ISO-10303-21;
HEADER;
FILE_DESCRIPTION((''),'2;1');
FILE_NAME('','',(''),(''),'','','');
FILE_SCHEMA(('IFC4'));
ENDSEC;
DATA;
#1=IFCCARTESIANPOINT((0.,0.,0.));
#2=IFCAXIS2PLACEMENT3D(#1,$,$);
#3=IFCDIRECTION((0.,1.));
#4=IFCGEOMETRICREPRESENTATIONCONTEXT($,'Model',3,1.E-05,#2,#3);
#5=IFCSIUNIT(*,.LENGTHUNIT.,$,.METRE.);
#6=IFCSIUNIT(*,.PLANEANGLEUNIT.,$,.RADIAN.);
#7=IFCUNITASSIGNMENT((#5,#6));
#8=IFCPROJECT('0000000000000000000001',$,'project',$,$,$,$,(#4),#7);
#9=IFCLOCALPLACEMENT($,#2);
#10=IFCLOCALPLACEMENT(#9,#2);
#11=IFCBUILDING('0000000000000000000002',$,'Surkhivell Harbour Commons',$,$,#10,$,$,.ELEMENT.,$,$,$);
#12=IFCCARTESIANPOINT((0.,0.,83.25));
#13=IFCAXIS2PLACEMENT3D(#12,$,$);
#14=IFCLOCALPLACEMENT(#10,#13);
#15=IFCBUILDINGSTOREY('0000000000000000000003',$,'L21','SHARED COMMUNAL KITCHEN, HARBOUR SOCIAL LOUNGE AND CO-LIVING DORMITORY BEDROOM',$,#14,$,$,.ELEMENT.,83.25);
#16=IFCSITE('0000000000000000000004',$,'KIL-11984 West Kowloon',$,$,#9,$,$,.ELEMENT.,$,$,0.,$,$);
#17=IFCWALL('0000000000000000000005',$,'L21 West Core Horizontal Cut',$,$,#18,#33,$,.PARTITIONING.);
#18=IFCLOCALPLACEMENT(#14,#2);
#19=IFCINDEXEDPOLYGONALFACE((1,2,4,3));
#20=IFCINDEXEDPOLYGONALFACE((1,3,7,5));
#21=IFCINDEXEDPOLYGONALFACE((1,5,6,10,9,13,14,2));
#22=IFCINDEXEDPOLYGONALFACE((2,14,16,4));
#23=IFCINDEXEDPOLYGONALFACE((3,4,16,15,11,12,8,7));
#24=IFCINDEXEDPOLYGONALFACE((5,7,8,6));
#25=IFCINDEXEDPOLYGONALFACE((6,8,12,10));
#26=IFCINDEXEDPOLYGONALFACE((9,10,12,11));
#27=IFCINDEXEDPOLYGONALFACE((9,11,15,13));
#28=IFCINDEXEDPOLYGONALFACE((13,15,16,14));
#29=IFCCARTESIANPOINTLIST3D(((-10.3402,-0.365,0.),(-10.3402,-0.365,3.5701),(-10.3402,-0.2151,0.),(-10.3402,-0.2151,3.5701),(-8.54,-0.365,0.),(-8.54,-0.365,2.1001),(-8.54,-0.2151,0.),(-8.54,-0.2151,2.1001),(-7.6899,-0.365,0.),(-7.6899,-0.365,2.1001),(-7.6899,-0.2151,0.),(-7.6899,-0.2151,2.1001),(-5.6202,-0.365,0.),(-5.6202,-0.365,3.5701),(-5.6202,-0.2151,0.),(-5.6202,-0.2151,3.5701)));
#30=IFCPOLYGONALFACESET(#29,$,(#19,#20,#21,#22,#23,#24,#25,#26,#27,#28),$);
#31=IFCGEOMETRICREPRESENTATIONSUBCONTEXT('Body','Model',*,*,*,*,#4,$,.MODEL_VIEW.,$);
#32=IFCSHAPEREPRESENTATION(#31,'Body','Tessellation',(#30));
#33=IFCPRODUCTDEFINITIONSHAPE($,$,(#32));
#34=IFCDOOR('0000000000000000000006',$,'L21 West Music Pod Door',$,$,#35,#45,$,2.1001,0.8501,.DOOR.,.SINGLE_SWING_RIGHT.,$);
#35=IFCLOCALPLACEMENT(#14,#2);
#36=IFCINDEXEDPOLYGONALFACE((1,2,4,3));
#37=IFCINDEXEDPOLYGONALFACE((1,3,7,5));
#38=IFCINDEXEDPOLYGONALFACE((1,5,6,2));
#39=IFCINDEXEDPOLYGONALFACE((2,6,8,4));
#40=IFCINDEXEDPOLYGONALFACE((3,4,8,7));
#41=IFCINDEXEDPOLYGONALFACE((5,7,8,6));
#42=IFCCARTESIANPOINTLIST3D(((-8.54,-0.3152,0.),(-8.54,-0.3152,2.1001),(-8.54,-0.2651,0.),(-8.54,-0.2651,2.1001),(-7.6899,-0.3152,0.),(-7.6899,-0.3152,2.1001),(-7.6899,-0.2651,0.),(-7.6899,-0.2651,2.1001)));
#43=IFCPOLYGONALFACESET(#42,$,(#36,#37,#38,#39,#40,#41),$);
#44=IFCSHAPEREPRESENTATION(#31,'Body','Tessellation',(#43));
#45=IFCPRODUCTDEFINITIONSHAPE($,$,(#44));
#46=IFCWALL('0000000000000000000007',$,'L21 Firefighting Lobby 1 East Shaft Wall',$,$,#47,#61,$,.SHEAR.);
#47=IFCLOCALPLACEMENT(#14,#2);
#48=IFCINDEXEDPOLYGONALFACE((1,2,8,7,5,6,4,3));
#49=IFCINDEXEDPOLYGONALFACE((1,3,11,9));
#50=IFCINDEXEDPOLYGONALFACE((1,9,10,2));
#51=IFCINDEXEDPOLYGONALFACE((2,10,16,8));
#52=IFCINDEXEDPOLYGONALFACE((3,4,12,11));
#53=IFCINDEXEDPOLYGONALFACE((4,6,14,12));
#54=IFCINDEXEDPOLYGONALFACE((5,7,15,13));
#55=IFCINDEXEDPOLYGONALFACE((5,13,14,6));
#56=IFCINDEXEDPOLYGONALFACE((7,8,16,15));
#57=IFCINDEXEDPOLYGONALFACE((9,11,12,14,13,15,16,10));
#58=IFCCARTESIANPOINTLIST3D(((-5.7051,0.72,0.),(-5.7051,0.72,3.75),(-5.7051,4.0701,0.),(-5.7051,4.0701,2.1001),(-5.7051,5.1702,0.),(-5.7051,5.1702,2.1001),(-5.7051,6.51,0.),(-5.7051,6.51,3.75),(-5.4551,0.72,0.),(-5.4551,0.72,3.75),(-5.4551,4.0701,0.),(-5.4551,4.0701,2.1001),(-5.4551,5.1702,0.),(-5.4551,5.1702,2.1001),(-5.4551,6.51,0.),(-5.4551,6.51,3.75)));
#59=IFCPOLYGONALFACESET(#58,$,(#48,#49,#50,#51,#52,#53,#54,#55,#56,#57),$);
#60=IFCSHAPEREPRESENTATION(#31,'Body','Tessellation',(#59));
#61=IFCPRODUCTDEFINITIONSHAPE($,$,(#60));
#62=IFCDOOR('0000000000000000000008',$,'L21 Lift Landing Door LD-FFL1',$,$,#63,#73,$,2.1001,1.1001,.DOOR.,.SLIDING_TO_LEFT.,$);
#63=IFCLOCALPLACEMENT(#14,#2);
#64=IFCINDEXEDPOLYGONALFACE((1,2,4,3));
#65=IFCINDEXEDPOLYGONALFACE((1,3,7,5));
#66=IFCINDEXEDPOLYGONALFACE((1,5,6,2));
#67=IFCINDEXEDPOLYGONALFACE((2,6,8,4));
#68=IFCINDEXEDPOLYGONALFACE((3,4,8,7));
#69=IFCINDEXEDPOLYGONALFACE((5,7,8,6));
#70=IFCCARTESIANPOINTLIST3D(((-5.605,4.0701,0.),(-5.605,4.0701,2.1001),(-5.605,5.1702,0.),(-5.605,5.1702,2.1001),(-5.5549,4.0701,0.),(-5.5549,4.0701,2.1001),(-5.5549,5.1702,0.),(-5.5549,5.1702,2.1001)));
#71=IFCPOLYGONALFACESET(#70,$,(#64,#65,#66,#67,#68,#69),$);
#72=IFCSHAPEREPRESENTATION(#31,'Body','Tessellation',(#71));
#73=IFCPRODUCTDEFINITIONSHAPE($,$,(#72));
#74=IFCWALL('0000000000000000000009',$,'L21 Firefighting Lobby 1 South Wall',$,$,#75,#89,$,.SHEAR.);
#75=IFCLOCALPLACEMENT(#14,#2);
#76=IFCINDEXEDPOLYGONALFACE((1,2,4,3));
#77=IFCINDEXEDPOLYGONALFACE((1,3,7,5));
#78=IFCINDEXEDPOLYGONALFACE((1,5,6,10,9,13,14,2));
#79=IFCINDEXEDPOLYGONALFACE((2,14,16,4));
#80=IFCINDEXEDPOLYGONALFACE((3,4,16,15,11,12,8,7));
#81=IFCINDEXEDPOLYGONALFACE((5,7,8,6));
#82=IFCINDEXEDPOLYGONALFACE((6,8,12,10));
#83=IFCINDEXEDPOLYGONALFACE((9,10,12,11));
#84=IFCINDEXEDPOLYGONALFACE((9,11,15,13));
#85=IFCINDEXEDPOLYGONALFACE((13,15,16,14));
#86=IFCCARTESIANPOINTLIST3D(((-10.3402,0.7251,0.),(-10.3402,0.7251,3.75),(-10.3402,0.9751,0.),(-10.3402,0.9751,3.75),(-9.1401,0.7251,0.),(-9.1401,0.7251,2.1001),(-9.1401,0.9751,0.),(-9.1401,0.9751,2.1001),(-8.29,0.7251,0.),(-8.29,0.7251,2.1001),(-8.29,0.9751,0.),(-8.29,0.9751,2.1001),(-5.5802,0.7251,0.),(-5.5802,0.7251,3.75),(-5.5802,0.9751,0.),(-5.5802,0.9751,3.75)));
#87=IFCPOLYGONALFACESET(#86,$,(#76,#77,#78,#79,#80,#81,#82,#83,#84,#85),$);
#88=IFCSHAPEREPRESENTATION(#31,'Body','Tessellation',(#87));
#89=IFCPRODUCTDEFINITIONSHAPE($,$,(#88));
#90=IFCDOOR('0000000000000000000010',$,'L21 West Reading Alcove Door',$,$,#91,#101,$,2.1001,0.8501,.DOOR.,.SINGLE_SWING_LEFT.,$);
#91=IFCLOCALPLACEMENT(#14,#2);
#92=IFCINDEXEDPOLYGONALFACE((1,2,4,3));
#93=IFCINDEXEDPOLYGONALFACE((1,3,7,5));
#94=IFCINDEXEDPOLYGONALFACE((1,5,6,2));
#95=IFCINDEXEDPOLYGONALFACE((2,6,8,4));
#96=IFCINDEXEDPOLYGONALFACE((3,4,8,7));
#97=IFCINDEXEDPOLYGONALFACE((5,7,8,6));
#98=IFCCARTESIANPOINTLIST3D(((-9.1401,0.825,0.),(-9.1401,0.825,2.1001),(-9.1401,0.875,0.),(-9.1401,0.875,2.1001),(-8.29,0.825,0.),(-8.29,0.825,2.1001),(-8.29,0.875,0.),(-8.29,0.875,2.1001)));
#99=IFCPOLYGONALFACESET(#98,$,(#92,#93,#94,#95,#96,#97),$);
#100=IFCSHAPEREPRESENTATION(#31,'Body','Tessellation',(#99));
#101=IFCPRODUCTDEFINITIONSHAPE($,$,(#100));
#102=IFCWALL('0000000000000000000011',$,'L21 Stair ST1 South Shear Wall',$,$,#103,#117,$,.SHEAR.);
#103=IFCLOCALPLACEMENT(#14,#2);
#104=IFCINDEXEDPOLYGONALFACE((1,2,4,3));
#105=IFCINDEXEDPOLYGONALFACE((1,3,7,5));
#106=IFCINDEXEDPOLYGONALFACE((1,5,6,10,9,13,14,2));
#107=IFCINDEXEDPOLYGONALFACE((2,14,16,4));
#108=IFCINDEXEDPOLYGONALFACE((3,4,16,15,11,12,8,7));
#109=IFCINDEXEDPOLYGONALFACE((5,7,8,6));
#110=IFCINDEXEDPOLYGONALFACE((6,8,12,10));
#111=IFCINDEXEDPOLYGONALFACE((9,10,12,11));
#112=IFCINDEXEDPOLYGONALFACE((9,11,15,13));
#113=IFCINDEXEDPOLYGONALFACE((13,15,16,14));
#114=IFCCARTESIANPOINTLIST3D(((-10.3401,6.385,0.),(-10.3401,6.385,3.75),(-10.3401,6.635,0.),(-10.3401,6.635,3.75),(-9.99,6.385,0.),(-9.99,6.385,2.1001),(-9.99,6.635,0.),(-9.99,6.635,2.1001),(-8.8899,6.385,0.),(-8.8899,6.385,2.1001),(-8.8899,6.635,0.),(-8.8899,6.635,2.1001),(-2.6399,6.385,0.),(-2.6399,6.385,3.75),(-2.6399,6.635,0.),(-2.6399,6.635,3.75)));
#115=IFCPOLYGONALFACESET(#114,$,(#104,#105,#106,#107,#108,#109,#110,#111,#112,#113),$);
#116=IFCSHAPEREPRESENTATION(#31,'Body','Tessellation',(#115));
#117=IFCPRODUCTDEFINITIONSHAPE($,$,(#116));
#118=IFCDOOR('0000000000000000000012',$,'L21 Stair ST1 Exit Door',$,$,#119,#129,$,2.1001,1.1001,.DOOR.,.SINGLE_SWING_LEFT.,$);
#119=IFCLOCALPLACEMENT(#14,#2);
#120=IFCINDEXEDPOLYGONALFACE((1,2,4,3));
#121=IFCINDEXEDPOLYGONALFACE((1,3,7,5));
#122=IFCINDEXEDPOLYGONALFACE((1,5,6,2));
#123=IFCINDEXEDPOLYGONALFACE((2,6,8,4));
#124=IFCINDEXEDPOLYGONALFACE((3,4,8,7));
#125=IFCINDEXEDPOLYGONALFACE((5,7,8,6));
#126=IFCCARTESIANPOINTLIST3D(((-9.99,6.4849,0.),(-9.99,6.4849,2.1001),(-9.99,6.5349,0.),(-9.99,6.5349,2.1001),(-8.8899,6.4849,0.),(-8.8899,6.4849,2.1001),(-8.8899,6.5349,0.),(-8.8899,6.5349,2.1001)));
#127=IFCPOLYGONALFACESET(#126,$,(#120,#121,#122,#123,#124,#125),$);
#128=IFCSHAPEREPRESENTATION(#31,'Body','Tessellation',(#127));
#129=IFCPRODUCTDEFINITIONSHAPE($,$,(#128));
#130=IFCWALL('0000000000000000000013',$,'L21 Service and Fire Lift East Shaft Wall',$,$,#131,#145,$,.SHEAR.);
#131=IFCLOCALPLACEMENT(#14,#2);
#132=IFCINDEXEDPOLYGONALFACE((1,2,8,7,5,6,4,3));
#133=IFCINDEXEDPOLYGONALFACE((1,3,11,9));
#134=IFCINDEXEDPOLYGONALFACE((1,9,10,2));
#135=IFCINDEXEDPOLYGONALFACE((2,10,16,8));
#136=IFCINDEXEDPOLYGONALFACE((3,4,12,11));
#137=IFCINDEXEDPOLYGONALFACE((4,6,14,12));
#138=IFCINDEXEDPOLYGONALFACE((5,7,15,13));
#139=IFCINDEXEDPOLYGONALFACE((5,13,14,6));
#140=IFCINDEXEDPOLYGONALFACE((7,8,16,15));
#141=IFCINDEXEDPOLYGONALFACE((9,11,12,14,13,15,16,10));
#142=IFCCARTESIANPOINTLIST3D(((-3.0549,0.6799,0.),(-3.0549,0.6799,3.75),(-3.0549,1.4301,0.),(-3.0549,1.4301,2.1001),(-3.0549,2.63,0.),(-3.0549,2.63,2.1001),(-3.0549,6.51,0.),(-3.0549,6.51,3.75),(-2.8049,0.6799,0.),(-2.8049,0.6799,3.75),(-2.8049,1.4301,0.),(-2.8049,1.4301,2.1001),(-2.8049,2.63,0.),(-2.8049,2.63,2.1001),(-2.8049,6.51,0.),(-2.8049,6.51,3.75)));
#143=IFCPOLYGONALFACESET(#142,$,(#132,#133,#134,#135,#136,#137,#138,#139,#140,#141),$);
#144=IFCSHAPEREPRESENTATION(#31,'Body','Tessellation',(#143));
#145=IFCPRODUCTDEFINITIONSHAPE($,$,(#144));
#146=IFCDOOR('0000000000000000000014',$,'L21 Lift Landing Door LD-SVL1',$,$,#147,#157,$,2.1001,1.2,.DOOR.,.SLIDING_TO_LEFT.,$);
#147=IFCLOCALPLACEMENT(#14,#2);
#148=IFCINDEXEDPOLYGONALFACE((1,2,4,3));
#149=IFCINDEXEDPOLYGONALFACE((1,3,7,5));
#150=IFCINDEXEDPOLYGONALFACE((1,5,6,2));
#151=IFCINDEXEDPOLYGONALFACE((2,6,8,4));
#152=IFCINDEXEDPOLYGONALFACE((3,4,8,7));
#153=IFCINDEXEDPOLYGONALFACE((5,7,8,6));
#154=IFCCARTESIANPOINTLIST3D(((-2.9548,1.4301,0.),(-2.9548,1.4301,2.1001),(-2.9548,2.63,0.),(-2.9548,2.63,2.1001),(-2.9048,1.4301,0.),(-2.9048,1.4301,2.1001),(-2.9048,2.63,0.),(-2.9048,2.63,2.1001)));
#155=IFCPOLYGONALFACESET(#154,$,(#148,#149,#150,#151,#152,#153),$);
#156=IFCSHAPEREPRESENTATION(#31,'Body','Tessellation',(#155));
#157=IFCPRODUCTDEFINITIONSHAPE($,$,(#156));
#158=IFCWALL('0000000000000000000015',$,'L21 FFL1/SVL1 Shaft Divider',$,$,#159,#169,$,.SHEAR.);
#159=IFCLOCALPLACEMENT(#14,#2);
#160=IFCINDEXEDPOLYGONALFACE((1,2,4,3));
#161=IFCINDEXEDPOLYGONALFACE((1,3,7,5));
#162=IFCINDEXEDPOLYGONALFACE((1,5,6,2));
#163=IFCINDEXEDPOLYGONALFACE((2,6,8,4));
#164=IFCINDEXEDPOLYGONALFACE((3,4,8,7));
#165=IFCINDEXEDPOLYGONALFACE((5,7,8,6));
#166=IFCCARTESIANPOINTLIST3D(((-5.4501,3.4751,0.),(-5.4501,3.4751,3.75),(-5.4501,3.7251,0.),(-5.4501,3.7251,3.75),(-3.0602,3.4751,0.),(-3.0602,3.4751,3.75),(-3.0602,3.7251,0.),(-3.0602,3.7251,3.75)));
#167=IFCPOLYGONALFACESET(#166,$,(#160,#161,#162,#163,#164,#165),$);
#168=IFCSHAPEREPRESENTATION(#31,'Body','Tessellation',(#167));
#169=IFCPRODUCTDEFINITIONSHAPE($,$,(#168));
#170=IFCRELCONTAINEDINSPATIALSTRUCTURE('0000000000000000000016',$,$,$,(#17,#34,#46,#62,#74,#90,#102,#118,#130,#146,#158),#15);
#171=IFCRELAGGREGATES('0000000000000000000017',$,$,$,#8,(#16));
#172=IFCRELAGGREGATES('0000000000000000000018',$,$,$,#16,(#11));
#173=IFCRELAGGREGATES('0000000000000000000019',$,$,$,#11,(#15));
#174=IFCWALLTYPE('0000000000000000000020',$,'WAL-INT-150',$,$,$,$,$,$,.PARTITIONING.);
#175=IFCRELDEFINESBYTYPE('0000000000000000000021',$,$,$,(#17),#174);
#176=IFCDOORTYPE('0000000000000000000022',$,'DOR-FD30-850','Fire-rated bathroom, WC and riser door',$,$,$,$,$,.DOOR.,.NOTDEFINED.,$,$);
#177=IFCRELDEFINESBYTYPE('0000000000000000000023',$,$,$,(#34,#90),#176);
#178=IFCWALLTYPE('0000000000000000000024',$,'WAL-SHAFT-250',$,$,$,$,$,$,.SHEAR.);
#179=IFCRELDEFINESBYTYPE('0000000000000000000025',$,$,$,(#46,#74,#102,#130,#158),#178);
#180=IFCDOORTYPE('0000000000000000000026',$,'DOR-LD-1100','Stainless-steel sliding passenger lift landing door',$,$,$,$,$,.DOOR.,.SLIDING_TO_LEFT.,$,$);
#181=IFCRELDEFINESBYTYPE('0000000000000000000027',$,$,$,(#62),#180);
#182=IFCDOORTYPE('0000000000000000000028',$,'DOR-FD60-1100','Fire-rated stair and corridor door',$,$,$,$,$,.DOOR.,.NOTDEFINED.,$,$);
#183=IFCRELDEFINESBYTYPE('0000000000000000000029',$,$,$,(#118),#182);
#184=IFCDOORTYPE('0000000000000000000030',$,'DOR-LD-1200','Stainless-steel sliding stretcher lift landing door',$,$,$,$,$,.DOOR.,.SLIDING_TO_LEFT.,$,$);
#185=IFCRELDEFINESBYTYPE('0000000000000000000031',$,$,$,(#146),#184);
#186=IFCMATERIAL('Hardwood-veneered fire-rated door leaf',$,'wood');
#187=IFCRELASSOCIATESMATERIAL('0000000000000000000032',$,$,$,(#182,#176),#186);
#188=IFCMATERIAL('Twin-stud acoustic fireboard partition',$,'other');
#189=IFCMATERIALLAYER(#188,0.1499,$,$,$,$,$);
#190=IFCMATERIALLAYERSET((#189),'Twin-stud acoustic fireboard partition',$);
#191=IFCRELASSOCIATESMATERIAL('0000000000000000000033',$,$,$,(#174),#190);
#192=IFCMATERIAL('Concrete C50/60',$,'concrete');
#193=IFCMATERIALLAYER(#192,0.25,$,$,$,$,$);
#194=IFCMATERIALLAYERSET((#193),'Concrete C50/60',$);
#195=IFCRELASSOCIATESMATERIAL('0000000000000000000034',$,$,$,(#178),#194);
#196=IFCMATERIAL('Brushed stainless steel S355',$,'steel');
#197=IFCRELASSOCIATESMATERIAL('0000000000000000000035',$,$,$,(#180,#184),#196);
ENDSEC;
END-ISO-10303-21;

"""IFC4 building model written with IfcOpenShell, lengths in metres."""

from ifc_helpers import new_model, si_unit, direction, frame, frame_2d, origin, place, context, subcontext, project, spatial, rectangle, extrude, material, layer, layer_set, type_object, element, fill, save


model = new_model("IFC4")

# Units and contexts
model_context = context("Model", 3, precision=1e-05, world=origin(), true_north=direction((0.0, 1.0)))
body_context = subcontext(model_context, "Body", "Model", "MODEL_VIEW")
ifc_project = project(units=[si_unit("LENGTHUNIT", "METRE"), si_unit("PLANEANGLEUNIT", "RADIAN")], contexts=[model_context])

# Site, building, storey
site_placement = place(None, origin())
site = spatial("IfcSite", under=ifc_project, at=site_placement, Name="KIL-11984 West Kowloon", CompositionType="ELEMENT", RefElevation=0.0)
building_placement = place(site_placement, origin())
building = spatial("IfcBuilding", under=site, at=building_placement, Name="Surkhivell Harbour Commons", CompositionType="ELEMENT")
storey_placement = place(building_placement, frame((0.0, 0.0, 83.25)))
storey = spatial("IfcBuildingStorey", under=building, at=storey_placement, Name="L21", Description="SHARED COMMUNAL KITCHEN, HARBOUR SOCIAL LOUNGE AND CO-LIVING DORMITORY BEDROOM", CompositionType="ELEMENT", Elevation=83.25)

# Shared definitions
ifc_material_1 = material(Name="Hardwood-veneered fire-rated door leaf", Category="wood")
door_type_1 = type_object("IfcDoorType", Name="DOR-FD60-1100", Description="Fire-rated stair and corridor door", OperationType="NOTDEFINED", PredefinedType="DOOR", material=ifc_material_1)

# Walls, openings, doors
ifc_material_2 = material(Name="Twin-stud acoustic fireboard partition", Category="other")
ifc_layer_1 = layer(ifc_material_2, 0.1499)
ifc_layer_set_1 = layer_set([ifc_layer_1], Name="Twin-stud acoustic fireboard partition")
wall_type_1 = type_object("IfcWallType", Name="WAL-INT-150", PredefinedType="PARTITIONING", material=ifc_layer_set_1)
wall_1_placement = place(storey_placement, frame((-10.3401, -0.29, 0.0), z_axis=(0.0, 0.0, 1.0), x_axis=(1.0, 0.0, 0.0)))
wall_1 = element("IfcWall", 1, at=wall_1_placement, inside=storey, type_object=wall_type_1, Name="L21 West Core Horizontal Cut", PredefinedType="PARTITIONING", context=body_context, shape_type="SweptSolid", body=[
    extrude(rectangle(XDim=4.72, YDim=0.1499, at=frame_2d((2.3599, 0.0))), origin(), (0.0, 0.0, 1.0), 3.5701),
])
opening_1_placement = place(wall_1_placement, frame((1.8, 0.0, 0.0)))
opening_1 = element("IfcOpeningElement", 2, at=opening_1_placement, cuts=wall_1, PredefinedType="OPENING", context=body_context, shape_type="SweptSolid", body=[
    extrude(rectangle(XDim=0.8501, YDim=2.1001, at=frame_2d((0.425, 1.05))), frame((0.0, 0.085, 0.0), z_axis=(0.0, -1.0, 0.0), x_axis=(1.0, 0.0, 0.0)), (0.0, 0.0, 1.0), 0.1699),
])
door_type_2 = type_object("IfcDoorType", Name="DOR-FD30-850", Description="Fire-rated bathroom, WC and riser door", OperationType="NOTDEFINED", PredefinedType="DOOR", material=ifc_material_1)
door_1_placement = place(opening_1_placement, origin())
door_1 = element("IfcDoor", 3, at=door_1_placement, inside=storey, type_object=door_type_2, Name="L21 West Music Pod Door", OperationType="SINGLE_SWING_RIGHT", OverallHeight=2.1001, OverallWidth=0.8501, PredefinedType="DOOR", context=body_context, shape_type="SweptSolid", body=[
    extrude(rectangle(XDim=0.8501, YDim=2.1001, at=frame_2d((0.425, 1.05))), frame((0.0, 0.0249, 0.0), z_axis=(0.0, -1.0, 0.0), x_axis=(1.0, 0.0, 0.0)), (0.0, 0.0, 1.0), 0.05),
])
fill(opening_1, door_1)
ifc_material_3 = material(Name="Concrete C50/60", Category="concrete")
ifc_layer_2 = layer(ifc_material_3, 0.25)
ifc_layer_set_2 = layer_set([ifc_layer_2], Name="Concrete C50/60")
wall_type_2 = type_object("IfcWallType", Name="WAL-SHAFT-250", PredefinedType="SHEAR", material=ifc_layer_set_2)
wall_2_placement = place(storey_placement, frame((-5.5801, 0.72, 0.0), z_axis=(0.0, 0.0, 1.0), x_axis=(0.0, 1.0, 0.0)))
wall_2 = element("IfcWall", 4, at=wall_2_placement, inside=storey, type_object=wall_type_2, Name="L21 Firefighting Lobby 1 East Shaft Wall", PredefinedType="SHEAR", context=body_context, shape_type="SweptSolid", body=[
    extrude(rectangle(XDim=5.79, YDim=0.25, at=frame_2d((2.895, 0.0))), origin(), (0.0, 0.0, 1.0), 3.75),
])
opening_2_placement = place(wall_2_placement, frame((3.3501, 0.0, 0.0)))
opening_2 = element("IfcOpeningElement", 5, at=opening_2_placement, cuts=wall_2, PredefinedType="OPENING", context=body_context, shape_type="SweptSolid", body=[
    extrude(rectangle(XDim=1.1001, YDim=2.1001, at=frame_2d((0.55, 1.05))), frame((0.0, 0.135, 0.0), z_axis=(0.0, -1.0, 0.0), x_axis=(1.0, 0.0, 0.0)), (0.0, 0.0, 1.0), 0.27),
])
ifc_material_4 = material(Name="Brushed stainless steel S355", Category="steel")
door_type_3 = type_object("IfcDoorType", Name="DOR-LD-1100", Description="Stainless-steel sliding passenger lift landing door", OperationType="SLIDING_TO_LEFT", PredefinedType="DOOR", material=ifc_material_4)
door_2_placement = place(opening_2_placement, origin())
door_2 = element("IfcDoor", 6, at=door_2_placement, inside=storey, type_object=door_type_3, Name="L21 Lift Landing Door LD-FFL1", OperationType="SLIDING_TO_LEFT", OverallHeight=2.1001, OverallWidth=1.1001, PredefinedType="DOOR", context=body_context, shape_type="SweptSolid", body=[
    extrude(rectangle(XDim=1.1001, YDim=2.1001, at=frame_2d((0.55, 1.05))), frame((0.0, 0.0249, 0.0), z_axis=(0.0, -1.0, 0.0), x_axis=(1.0, 0.0, 0.0)), (0.0, 0.0, 1.0), 0.05),
])
fill(opening_2, door_2)
wall_3_placement = place(storey_placement, frame((-10.3401, 0.8501, 0.0), z_axis=(0.0, 0.0, 1.0), x_axis=(1.0, 0.0, 0.0)))
wall_3 = element("IfcWall", 7, at=wall_3_placement, inside=storey, type_object=wall_type_2, Name="L21 Firefighting Lobby 1 South Wall", PredefinedType="SHEAR", context=body_context, shape_type="SweptSolid", body=[
    extrude(rectangle(XDim=4.76, YDim=0.25, at=frame_2d((2.3799, 0.0))), origin(), (0.0, 0.0, 1.0), 3.75),
])
opening_3_placement = place(wall_3_placement, frame((1.2, 0.0, 0.0)))
opening_3 = element("IfcOpeningElement", 8, at=opening_3_placement, cuts=wall_3, PredefinedType="OPENING", context=body_context, shape_type="SweptSolid", body=[
    extrude(rectangle(XDim=0.8501, YDim=2.1001, at=frame_2d((0.425, 1.05))), frame((0.0, 0.135, 0.0), z_axis=(0.0, -1.0, 0.0), x_axis=(1.0, 0.0, 0.0)), (0.0, 0.0, 1.0), 0.27),
])
door_3_placement = place(opening_3_placement, origin())
door_3 = element("IfcDoor", 9, at=door_3_placement, inside=storey, type_object=door_type_2, Name="L21 West Reading Alcove Door", OperationType="SINGLE_SWING_LEFT", OverallHeight=2.1001, OverallWidth=0.8501, PredefinedType="DOOR", context=body_context, shape_type="SweptSolid", body=[
    extrude(rectangle(XDim=0.8501, YDim=2.1001, at=frame_2d((0.425, 1.05))), frame((0.0, 0.0249, 0.0), z_axis=(0.0, -1.0, 0.0), x_axis=(1.0, 0.0, 0.0)), (0.0, 0.0, 1.0), 0.05),
])
fill(opening_3, door_3)
wall_4_placement = place(storey_placement, frame((-10.3401, 6.51, 0.0), z_axis=(0.0, 0.0, 1.0), x_axis=(1.0, 0.0, 0.0)))
wall_4 = element("IfcWall", 10, at=wall_4_placement, inside=storey, type_object=wall_type_2, Name="L21 Stair ST1 South Shear Wall", PredefinedType="SHEAR", context=body_context, shape_type="SweptSolid", body=[
    extrude(rectangle(XDim=7.7002, YDim=0.25, at=frame_2d((3.8501, 0.0))), origin(), (0.0, 0.0, 1.0), 3.75),
])
opening_4_placement = place(wall_4_placement, frame((0.3501, 0.0, 0.0)))
opening_4 = element("IfcOpeningElement", 11, at=opening_4_placement, cuts=wall_4, PredefinedType="OPENING", context=body_context, shape_type="SweptSolid", body=[
    extrude(rectangle(XDim=1.1001, YDim=2.1001, at=frame_2d((0.55, 1.05))), frame((0.0, 0.135, 0.0), z_axis=(0.0, -1.0, 0.0), x_axis=(1.0, 0.0, 0.0)), (0.0, 0.0, 1.0), 0.27),
])
door_4_placement = place(opening_4_placement, origin())
door_4 = element("IfcDoor", 12, at=door_4_placement, inside=storey, type_object=door_type_1, Name="L21 Stair ST1 Exit Door", OperationType="SINGLE_SWING_LEFT", OverallHeight=2.1001, OverallWidth=1.1001, PredefinedType="DOOR", context=body_context, shape_type="SweptSolid", body=[
    extrude(rectangle(XDim=1.1001, YDim=2.1001, at=frame_2d((0.55, 1.05))), frame((0.0, 0.0249, 0.0), z_axis=(0.0, -1.0, 0.0), x_axis=(1.0, 0.0, 0.0)), (0.0, 0.0, 1.0), 0.05),
])
fill(opening_4, door_4)
wall_5_placement = place(storey_placement, frame((-2.9299, 0.6799, 0.0), z_axis=(0.0, 0.0, 1.0), x_axis=(0.0, 1.0, 0.0)))
wall_5 = element("IfcWall", 13, at=wall_5_placement, inside=storey, type_object=wall_type_2, Name="L21 Service and Fire Lift East Shaft Wall", PredefinedType="SHEAR", context=body_context, shape_type="SweptSolid", body=[
    extrude(rectangle(XDim=5.8301, YDim=0.25, at=frame_2d((2.915, 0.0))), origin(), (0.0, 0.0, 1.0), 3.75),
])
opening_5_placement = place(wall_5_placement, frame((0.75, 0.0, 0.0)))
opening_5 = element("IfcOpeningElement", 14, at=opening_5_placement, cuts=wall_5, PredefinedType="OPENING", context=body_context, shape_type="SweptSolid", body=[
    extrude(rectangle(XDim=1.2, YDim=2.1001, at=frame_2d((0.6001, 1.05))), frame((0.0, 0.135, 0.0), z_axis=(0.0, -1.0, 0.0), x_axis=(1.0, 0.0, 0.0)), (0.0, 0.0, 1.0), 0.27),
])
door_type_4 = type_object("IfcDoorType", Name="DOR-LD-1200", Description="Stainless-steel sliding stretcher lift landing door", OperationType="SLIDING_TO_LEFT", PredefinedType="DOOR", material=ifc_material_4)
door_5_placement = place(opening_5_placement, origin())
door_5 = element("IfcDoor", 15, at=door_5_placement, inside=storey, type_object=door_type_4, Name="L21 Lift Landing Door LD-SVL1", OperationType="SLIDING_TO_LEFT", OverallHeight=2.1001, OverallWidth=1.2, PredefinedType="DOOR", context=body_context, shape_type="SweptSolid", body=[
    extrude(rectangle(XDim=1.2, YDim=2.1001, at=frame_2d((0.6001, 1.05))), frame((0.0, 0.0249, 0.0), z_axis=(0.0, -1.0, 0.0), x_axis=(1.0, 0.0, 0.0)), (0.0, 0.0, 1.0), 0.05),
])
fill(opening_5, door_5)

# Wall
wall_6_placement = place(storey_placement, frame((-5.45, 3.6001, 0.0), z_axis=(0.0, 0.0, 1.0), x_axis=(1.0, 0.0, 0.0)))
element("IfcWall", 16, at=wall_6_placement, inside=storey, type_object=wall_type_2, Name="L21 FFL1/SVL1 Shaft Divider", PredefinedType="SHEAR", context=body_context, shape_type="SweptSolid", body=[
    extrude(rectangle(XDim=2.3899, YDim=0.25, at=frame_2d((1.1948, 0.0))), origin(), (0.0, 0.0, 1.0), 3.75),
])

save(model, "model.ifc")
